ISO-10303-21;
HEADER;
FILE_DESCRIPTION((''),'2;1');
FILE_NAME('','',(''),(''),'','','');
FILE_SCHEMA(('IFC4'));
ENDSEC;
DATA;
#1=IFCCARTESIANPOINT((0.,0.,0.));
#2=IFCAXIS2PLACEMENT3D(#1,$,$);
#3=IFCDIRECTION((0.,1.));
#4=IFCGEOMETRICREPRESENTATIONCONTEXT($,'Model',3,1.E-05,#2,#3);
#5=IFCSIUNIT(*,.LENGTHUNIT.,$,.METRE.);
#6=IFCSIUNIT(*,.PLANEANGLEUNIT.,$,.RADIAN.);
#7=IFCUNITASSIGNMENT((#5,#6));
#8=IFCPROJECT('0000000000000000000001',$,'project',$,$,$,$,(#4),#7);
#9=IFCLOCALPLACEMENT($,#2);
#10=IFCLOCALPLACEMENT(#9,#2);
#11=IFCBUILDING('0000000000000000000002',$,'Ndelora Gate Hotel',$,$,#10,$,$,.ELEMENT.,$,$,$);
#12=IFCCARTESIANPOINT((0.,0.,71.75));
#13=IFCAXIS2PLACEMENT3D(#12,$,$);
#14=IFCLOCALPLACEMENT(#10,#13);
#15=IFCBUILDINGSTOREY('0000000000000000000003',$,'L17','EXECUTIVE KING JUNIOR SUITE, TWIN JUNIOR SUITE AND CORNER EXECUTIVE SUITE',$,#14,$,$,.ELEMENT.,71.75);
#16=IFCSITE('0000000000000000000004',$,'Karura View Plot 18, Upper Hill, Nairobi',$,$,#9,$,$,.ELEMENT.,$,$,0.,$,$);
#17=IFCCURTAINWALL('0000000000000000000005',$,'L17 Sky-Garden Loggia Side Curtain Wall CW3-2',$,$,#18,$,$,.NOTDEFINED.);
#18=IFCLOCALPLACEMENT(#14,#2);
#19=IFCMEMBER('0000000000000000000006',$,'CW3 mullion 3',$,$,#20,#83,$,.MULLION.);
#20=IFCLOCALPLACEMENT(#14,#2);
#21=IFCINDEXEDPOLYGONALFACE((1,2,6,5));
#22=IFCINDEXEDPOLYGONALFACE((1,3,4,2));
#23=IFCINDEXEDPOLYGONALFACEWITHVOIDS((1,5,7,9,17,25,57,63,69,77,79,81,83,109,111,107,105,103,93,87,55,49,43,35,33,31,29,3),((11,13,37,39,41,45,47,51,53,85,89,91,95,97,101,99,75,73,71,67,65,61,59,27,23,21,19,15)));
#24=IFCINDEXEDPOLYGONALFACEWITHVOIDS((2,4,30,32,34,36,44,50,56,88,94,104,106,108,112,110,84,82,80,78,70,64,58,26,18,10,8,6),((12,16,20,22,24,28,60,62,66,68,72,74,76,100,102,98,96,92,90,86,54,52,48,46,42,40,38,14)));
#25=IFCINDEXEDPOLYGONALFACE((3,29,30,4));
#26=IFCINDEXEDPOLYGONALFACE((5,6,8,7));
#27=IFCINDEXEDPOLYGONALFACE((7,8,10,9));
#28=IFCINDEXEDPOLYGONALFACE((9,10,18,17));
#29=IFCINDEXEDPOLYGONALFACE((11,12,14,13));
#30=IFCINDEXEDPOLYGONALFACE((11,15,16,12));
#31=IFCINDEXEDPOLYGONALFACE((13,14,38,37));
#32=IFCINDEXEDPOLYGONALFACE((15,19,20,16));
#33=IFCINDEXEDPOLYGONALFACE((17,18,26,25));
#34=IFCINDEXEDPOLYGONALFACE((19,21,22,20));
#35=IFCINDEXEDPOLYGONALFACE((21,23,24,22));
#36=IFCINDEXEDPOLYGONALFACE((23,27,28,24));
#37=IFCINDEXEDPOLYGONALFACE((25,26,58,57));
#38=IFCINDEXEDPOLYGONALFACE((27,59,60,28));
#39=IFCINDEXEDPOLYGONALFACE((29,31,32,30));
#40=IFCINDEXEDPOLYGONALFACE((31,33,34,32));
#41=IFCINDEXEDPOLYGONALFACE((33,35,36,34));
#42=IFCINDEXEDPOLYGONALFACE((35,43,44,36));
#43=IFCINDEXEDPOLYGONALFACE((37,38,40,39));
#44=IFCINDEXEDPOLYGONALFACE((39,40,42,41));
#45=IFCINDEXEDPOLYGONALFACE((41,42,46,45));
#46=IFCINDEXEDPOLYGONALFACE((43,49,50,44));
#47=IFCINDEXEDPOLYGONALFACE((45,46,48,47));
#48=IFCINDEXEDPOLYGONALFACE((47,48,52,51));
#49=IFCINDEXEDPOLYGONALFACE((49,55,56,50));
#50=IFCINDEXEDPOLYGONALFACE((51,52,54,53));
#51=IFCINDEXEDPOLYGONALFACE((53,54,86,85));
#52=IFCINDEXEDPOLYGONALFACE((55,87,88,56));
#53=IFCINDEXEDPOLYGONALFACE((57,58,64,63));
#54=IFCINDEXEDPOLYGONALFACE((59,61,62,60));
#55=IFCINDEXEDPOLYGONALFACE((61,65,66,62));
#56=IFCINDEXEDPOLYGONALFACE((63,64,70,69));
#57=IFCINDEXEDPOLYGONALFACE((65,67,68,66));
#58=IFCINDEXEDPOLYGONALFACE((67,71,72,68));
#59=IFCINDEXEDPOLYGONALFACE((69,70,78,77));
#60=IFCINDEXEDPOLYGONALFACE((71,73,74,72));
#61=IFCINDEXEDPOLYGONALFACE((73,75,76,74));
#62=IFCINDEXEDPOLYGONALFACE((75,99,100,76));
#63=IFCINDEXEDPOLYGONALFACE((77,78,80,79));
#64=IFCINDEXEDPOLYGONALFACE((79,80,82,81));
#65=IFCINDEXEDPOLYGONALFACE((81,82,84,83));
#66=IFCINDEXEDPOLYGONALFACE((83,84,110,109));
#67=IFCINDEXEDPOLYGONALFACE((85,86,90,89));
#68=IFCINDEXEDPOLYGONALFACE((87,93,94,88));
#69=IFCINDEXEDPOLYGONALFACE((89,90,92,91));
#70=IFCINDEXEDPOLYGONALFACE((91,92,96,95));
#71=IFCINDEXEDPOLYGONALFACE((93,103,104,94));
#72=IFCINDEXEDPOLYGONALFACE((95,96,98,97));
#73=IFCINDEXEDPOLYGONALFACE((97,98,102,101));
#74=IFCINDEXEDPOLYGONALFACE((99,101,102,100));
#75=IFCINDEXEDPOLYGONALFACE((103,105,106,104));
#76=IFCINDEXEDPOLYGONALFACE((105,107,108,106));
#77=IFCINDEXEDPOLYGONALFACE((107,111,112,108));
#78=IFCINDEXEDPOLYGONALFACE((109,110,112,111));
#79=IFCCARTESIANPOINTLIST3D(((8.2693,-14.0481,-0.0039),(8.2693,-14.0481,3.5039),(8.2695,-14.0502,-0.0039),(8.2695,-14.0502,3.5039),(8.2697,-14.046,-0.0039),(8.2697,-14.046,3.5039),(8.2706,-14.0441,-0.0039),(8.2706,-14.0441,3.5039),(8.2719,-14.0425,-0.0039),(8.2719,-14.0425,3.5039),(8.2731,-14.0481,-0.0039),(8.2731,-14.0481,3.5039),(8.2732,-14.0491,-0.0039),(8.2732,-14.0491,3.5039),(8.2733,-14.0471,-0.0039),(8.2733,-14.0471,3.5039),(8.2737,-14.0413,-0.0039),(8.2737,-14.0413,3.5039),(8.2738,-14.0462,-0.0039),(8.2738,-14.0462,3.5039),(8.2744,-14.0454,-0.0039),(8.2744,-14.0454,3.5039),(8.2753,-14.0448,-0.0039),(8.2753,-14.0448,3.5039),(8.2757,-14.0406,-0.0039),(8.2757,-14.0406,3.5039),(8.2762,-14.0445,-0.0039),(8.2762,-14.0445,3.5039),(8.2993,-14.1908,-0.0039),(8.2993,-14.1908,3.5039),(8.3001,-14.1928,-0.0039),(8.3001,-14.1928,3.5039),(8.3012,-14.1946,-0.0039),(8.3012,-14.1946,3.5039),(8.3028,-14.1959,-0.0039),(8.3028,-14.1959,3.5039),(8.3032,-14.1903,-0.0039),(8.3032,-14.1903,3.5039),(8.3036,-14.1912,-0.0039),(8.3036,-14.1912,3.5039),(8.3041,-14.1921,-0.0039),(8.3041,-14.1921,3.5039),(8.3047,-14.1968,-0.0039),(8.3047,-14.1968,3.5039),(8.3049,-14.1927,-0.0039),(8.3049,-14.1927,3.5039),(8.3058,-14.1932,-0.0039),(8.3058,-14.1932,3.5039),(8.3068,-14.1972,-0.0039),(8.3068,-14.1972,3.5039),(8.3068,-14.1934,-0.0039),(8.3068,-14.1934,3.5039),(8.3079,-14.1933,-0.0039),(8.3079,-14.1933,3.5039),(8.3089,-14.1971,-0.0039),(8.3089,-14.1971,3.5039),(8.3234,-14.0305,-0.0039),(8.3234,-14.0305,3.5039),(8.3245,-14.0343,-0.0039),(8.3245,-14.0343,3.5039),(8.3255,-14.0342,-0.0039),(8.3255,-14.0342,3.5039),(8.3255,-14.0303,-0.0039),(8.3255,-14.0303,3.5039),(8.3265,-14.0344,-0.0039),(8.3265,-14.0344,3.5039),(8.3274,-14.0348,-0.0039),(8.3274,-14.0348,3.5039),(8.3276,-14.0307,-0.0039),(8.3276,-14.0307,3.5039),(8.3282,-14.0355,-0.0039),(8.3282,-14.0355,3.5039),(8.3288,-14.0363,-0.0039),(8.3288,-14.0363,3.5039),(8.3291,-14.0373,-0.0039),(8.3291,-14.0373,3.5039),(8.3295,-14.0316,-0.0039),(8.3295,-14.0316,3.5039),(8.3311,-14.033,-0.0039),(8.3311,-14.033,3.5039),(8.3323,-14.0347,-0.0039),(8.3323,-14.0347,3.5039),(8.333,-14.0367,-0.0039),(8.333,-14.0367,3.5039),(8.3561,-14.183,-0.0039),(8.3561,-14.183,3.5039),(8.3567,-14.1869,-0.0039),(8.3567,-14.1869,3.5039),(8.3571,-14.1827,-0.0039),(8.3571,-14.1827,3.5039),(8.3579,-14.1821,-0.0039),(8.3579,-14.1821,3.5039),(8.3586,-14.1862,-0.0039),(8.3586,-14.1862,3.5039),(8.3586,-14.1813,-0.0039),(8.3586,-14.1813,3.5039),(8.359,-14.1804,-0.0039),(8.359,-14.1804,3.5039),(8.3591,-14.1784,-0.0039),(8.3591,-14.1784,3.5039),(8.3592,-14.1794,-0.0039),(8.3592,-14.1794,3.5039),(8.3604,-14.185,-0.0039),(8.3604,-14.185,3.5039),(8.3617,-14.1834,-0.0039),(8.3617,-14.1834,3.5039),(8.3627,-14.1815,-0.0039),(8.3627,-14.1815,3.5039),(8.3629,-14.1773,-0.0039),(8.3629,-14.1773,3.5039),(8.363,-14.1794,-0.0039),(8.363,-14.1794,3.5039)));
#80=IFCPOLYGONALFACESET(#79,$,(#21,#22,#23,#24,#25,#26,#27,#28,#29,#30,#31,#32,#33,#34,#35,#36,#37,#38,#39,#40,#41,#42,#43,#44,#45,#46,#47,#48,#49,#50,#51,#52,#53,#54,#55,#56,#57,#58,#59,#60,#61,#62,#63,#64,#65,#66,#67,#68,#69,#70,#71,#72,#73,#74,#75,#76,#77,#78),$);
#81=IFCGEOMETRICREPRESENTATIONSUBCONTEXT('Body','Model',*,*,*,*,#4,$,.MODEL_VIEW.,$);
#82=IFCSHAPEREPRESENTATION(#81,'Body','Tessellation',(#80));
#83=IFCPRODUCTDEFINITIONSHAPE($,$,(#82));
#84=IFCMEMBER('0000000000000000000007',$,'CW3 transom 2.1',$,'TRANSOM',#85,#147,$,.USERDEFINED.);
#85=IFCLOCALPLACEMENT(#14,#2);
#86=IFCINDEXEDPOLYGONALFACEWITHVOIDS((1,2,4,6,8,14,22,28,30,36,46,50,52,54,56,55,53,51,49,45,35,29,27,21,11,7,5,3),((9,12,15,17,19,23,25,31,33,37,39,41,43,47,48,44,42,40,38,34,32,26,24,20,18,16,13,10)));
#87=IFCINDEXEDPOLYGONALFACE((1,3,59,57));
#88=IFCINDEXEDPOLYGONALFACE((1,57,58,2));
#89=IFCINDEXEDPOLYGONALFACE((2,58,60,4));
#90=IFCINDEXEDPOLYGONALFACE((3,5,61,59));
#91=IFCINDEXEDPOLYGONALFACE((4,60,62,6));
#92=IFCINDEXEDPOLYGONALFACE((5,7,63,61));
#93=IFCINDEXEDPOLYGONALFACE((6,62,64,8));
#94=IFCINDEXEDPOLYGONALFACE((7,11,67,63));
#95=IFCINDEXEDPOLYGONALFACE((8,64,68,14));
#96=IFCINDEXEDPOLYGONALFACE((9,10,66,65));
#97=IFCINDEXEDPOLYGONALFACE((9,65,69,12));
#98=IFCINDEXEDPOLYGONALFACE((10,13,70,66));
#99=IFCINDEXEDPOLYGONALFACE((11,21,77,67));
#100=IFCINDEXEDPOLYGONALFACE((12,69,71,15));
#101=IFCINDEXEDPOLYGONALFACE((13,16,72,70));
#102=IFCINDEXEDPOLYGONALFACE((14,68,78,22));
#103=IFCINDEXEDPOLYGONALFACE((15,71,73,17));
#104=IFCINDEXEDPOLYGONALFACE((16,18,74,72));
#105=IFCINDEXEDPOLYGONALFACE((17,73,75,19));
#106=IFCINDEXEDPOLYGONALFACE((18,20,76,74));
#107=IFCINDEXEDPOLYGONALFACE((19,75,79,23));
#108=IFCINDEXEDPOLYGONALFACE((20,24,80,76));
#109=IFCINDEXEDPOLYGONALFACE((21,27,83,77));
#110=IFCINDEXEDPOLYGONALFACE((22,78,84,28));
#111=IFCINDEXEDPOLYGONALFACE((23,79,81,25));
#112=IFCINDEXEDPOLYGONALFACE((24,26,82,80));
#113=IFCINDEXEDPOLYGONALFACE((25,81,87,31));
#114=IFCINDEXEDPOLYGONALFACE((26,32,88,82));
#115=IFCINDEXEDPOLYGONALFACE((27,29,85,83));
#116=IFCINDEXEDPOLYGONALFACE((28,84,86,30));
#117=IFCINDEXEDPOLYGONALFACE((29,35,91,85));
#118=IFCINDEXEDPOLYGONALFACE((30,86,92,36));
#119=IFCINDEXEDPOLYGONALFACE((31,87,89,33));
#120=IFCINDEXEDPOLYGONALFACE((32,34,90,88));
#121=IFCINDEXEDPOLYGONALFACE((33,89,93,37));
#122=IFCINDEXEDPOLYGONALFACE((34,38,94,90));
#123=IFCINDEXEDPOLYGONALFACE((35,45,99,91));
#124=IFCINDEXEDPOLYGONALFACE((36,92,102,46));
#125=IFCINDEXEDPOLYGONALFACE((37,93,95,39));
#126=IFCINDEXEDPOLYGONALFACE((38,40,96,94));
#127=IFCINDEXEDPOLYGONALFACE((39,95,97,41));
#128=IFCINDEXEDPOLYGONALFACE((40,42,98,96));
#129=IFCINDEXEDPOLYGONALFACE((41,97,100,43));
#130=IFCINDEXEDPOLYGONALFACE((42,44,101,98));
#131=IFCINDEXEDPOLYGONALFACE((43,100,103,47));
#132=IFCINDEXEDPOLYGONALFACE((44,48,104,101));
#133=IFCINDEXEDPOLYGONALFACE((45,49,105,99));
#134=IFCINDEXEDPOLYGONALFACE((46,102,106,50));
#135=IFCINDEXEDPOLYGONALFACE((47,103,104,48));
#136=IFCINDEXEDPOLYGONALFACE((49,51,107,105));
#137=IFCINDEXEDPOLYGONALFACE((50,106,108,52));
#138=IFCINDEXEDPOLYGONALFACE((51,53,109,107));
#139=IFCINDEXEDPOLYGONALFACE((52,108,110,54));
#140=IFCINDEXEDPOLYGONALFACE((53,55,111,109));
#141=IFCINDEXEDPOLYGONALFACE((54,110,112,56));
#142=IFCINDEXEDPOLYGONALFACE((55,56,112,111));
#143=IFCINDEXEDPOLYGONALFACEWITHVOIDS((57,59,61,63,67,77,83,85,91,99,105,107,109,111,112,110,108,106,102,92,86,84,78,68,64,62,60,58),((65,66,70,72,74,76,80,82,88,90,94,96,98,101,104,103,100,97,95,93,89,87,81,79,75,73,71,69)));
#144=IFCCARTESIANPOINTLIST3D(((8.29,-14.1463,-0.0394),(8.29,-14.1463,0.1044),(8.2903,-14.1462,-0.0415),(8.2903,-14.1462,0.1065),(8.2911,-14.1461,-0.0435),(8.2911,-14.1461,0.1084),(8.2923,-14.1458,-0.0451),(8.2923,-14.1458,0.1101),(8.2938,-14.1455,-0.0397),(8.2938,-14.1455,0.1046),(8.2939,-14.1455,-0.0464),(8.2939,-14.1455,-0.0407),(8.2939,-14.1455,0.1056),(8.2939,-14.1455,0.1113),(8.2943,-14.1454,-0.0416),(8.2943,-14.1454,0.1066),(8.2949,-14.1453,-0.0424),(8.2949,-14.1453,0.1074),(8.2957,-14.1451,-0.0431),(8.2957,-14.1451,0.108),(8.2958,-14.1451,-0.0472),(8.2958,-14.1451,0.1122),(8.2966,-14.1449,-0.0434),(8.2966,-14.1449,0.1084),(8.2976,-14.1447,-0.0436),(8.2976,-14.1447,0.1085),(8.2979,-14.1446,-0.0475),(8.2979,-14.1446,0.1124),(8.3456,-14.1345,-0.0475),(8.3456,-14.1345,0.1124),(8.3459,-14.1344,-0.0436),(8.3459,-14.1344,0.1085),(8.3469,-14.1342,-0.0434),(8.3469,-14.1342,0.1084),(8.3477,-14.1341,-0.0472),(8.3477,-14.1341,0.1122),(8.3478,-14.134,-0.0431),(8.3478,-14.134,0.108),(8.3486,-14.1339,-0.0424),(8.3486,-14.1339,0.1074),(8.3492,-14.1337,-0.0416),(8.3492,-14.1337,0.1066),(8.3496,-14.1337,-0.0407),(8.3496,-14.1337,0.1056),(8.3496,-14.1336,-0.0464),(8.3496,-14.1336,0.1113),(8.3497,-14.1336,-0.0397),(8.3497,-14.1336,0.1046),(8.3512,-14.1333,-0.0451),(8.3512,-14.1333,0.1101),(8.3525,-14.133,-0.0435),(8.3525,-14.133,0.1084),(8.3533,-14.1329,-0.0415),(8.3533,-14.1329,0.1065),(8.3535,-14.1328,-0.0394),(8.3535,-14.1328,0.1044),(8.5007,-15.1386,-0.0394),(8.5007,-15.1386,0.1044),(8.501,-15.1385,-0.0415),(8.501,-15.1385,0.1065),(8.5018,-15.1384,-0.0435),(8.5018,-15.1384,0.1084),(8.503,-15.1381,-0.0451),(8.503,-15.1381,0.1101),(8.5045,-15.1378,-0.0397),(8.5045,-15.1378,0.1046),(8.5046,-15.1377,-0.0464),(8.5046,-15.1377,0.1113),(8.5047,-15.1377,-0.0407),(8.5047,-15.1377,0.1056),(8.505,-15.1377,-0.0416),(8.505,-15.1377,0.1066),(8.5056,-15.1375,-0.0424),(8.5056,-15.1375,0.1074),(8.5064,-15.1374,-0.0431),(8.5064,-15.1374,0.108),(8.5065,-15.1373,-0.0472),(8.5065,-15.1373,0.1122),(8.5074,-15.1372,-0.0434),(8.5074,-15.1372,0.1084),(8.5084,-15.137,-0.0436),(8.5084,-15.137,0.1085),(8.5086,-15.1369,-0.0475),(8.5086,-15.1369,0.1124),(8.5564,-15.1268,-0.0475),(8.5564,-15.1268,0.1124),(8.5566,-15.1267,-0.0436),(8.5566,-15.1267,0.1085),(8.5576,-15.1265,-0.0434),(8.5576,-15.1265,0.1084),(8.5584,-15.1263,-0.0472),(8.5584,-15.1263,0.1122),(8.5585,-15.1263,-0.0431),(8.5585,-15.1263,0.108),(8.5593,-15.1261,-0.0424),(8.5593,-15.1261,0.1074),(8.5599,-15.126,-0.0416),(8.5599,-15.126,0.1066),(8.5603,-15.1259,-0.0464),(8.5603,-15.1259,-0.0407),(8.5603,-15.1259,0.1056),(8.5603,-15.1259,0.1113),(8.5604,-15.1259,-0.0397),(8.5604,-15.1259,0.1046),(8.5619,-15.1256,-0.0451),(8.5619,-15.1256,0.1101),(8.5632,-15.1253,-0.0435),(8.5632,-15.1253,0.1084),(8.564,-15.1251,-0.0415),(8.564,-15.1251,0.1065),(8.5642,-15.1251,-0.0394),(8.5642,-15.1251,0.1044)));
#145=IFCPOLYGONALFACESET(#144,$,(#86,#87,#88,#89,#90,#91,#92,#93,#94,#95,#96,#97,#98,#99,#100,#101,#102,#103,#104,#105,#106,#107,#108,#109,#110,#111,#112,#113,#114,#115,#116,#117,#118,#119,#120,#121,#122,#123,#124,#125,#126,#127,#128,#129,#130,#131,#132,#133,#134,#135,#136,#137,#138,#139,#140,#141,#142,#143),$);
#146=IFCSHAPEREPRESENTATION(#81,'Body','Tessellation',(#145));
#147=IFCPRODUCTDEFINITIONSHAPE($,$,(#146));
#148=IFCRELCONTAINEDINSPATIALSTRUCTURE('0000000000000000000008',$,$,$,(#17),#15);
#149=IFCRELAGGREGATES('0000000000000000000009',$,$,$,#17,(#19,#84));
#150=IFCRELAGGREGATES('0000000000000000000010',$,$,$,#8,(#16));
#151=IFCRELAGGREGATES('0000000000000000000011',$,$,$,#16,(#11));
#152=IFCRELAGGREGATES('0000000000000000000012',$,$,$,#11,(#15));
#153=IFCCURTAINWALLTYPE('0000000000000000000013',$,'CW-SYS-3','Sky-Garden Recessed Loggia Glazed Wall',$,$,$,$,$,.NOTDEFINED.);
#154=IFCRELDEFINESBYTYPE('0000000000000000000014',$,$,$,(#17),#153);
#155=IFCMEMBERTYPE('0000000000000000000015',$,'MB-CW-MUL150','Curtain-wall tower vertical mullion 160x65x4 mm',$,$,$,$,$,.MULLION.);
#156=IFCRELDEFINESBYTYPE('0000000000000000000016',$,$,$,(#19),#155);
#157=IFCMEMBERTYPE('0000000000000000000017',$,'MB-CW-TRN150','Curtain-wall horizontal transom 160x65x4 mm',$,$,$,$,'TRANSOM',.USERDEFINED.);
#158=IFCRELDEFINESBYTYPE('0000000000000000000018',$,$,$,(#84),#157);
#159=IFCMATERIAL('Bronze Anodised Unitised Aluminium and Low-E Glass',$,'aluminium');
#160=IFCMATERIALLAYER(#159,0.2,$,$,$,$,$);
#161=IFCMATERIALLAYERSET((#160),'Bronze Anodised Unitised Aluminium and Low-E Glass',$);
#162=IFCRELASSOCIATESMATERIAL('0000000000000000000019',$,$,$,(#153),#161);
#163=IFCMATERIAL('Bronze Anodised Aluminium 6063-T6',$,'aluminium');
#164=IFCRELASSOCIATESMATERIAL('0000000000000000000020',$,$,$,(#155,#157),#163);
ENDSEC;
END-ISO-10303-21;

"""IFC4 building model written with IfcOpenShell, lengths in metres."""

from ifc_helpers import new_model, si_unit, direction, frame, origin, origin_2d, place, context, subcontext, project, spatial, hollow_rectangle, extrude, material, layer, layer_set, material_profile, profile_set, type_object, element, aggregate, save


model = new_model("IFC4")

# Units and contexts
model_context = context("Model", 3, precision=1e-05, world=origin(), true_north=direction((0.0, 1.0)))
body_context = subcontext(model_context, "Body", "Model", "MODEL_VIEW")
ifc_project = project(units=[si_unit("LENGTHUNIT", "METRE"), si_unit("PLANEANGLEUNIT", "RADIAN")], contexts=[model_context])

# Site, building, storey
site_placement = place(None, origin())
site = spatial("IfcSite", under=ifc_project, at=site_placement, Name="Karura View Plot 18, Upper Hill, Nairobi", CompositionType="ELEMENT", RefElevation=0.0)
building_placement = place(site_placement, origin())
building = spatial("IfcBuilding", under=site, at=building_placement, Name="Ndelora Gate Hotel", CompositionType="ELEMENT")
storey_placement = place(building_placement, frame((0.0, 0.0, 71.75)))
storey = spatial("IfcBuildingStorey", under=building, at=storey_placement, Name="L17", Description="EXECUTIVE KING JUNIOR SUITE, TWIN JUNIOR SUITE AND CORNER EXECUTIVE SUITE", CompositionType="ELEMENT", Elevation=71.75)

# Curtain wall, members
ifc_material_1 = material(Name="Bronze Anodised Unitised Aluminium and Low-E Glass", Category="aluminium")
ifc_layer_1 = layer(ifc_material_1, 0.2)
ifc_layer_set_1 = layer_set([ifc_layer_1], Name="Bronze Anodised Unitised Aluminium and Low-E Glass")
curtain_wall_type = type_object("IfcCurtainWallType", Name="CW-SYS-3", Description="Sky-Garden Recessed Loggia Glazed Wall", PredefinedType="NOTDEFINED", material=ifc_layer_set_1)
curtain_wall_placement = place(storey_placement, origin())
curtain_wall = element("IfcCurtainWall", 1, at=curtain_wall_placement, inside=storey, type_object=curtain_wall_type, Name="L17 Sky-Garden Loggia Side Curtain Wall CW3-2", PredefinedType="NOTDEFINED")
ifc_material_2 = material(Name="Bronze Anodised Aluminium 6063-T6", Category="aluminium")
ifc_material_profile_1 = material_profile(ifc_material_2, hollow_rectangle(XDim=0.0649, YDim=0.1599, WallThickness=0.0039, InnerFilletRadius=0.0039, OuterFilletRadius=0.0081, at=origin_2d()), Name="ALU 160x65x4")
ifc_profile_set_1 = profile_set([ifc_material_profile_1], Name="Bronze Anodised Aluminium 6063-T6")
member_type_1 = type_object("IfcMemberType", Name="MB-CW-MUL150", Description="Curtain-wall tower vertical mullion 160x65x4 mm", PredefinedType="MULLION", material=ifc_profile_set_1)
member_1_placement = place(storey_placement, frame((8.3162, -14.1138, -0.0039), z_axis=(0.0, 0.0, 1.0), x_axis=(-0.978148, -0.207911, 0.0)))
member_1 = element("IfcMember", 2, at=member_1_placement, type_object=member_type_1, Name="CW3 mullion 3", PredefinedType="MULLION", context=body_context, shape_type="SweptSolid", body=[
    extrude(hollow_rectangle(XDim=0.0649, YDim=0.1599, WallThickness=0.0039, InnerFilletRadius=0.0039, OuterFilletRadius=0.0081, at=origin_2d()), origin(), (0.0, 0.0, 1.0), 3.5078),
])
ifc_material_profile_2 = material_profile(ifc_material_2, hollow_rectangle(XDim=0.0649, YDim=0.1599, WallThickness=0.0039, InnerFilletRadius=0.0039, OuterFilletRadius=0.0081, at=origin_2d()), Name="ALU 160x65x4")
ifc_profile_set_2 = profile_set([ifc_material_profile_2], Name="Bronze Anodised Aluminium 6063-T6")
member_type_2 = type_object("IfcMemberType", Name="MB-CW-TRN150", Description="Curtain-wall horizontal transom 160x65x4 mm", ElementType="TRANSOM", PredefinedType="USERDEFINED", material=ifc_profile_set_2)
member_2_placement = place(storey_placement, frame((8.5325, -15.1318, 0.0325), z_axis=(-0.207721, 0.978188, 0.0), x_axis=(-0.978188, -0.207721, 0.0)))
member_2 = element("IfcMember", 3, at=member_2_placement, type_object=member_type_2, Name="CW3 transom 2.1", ObjectType="TRANSOM", PredefinedType="USERDEFINED", context=body_context, shape_type="SweptSolid", body=[
    extrude(hollow_rectangle(XDim=0.0649, YDim=0.1599, WallThickness=0.0039, InnerFilletRadius=0.0039, OuterFilletRadius=0.0081, at=origin_2d()), origin(), (0.0, 0.0, 1.0), 1.0144),
])
aggregate(curtain_wall, [member_1, member_2])

save(model, "model.ifc")
